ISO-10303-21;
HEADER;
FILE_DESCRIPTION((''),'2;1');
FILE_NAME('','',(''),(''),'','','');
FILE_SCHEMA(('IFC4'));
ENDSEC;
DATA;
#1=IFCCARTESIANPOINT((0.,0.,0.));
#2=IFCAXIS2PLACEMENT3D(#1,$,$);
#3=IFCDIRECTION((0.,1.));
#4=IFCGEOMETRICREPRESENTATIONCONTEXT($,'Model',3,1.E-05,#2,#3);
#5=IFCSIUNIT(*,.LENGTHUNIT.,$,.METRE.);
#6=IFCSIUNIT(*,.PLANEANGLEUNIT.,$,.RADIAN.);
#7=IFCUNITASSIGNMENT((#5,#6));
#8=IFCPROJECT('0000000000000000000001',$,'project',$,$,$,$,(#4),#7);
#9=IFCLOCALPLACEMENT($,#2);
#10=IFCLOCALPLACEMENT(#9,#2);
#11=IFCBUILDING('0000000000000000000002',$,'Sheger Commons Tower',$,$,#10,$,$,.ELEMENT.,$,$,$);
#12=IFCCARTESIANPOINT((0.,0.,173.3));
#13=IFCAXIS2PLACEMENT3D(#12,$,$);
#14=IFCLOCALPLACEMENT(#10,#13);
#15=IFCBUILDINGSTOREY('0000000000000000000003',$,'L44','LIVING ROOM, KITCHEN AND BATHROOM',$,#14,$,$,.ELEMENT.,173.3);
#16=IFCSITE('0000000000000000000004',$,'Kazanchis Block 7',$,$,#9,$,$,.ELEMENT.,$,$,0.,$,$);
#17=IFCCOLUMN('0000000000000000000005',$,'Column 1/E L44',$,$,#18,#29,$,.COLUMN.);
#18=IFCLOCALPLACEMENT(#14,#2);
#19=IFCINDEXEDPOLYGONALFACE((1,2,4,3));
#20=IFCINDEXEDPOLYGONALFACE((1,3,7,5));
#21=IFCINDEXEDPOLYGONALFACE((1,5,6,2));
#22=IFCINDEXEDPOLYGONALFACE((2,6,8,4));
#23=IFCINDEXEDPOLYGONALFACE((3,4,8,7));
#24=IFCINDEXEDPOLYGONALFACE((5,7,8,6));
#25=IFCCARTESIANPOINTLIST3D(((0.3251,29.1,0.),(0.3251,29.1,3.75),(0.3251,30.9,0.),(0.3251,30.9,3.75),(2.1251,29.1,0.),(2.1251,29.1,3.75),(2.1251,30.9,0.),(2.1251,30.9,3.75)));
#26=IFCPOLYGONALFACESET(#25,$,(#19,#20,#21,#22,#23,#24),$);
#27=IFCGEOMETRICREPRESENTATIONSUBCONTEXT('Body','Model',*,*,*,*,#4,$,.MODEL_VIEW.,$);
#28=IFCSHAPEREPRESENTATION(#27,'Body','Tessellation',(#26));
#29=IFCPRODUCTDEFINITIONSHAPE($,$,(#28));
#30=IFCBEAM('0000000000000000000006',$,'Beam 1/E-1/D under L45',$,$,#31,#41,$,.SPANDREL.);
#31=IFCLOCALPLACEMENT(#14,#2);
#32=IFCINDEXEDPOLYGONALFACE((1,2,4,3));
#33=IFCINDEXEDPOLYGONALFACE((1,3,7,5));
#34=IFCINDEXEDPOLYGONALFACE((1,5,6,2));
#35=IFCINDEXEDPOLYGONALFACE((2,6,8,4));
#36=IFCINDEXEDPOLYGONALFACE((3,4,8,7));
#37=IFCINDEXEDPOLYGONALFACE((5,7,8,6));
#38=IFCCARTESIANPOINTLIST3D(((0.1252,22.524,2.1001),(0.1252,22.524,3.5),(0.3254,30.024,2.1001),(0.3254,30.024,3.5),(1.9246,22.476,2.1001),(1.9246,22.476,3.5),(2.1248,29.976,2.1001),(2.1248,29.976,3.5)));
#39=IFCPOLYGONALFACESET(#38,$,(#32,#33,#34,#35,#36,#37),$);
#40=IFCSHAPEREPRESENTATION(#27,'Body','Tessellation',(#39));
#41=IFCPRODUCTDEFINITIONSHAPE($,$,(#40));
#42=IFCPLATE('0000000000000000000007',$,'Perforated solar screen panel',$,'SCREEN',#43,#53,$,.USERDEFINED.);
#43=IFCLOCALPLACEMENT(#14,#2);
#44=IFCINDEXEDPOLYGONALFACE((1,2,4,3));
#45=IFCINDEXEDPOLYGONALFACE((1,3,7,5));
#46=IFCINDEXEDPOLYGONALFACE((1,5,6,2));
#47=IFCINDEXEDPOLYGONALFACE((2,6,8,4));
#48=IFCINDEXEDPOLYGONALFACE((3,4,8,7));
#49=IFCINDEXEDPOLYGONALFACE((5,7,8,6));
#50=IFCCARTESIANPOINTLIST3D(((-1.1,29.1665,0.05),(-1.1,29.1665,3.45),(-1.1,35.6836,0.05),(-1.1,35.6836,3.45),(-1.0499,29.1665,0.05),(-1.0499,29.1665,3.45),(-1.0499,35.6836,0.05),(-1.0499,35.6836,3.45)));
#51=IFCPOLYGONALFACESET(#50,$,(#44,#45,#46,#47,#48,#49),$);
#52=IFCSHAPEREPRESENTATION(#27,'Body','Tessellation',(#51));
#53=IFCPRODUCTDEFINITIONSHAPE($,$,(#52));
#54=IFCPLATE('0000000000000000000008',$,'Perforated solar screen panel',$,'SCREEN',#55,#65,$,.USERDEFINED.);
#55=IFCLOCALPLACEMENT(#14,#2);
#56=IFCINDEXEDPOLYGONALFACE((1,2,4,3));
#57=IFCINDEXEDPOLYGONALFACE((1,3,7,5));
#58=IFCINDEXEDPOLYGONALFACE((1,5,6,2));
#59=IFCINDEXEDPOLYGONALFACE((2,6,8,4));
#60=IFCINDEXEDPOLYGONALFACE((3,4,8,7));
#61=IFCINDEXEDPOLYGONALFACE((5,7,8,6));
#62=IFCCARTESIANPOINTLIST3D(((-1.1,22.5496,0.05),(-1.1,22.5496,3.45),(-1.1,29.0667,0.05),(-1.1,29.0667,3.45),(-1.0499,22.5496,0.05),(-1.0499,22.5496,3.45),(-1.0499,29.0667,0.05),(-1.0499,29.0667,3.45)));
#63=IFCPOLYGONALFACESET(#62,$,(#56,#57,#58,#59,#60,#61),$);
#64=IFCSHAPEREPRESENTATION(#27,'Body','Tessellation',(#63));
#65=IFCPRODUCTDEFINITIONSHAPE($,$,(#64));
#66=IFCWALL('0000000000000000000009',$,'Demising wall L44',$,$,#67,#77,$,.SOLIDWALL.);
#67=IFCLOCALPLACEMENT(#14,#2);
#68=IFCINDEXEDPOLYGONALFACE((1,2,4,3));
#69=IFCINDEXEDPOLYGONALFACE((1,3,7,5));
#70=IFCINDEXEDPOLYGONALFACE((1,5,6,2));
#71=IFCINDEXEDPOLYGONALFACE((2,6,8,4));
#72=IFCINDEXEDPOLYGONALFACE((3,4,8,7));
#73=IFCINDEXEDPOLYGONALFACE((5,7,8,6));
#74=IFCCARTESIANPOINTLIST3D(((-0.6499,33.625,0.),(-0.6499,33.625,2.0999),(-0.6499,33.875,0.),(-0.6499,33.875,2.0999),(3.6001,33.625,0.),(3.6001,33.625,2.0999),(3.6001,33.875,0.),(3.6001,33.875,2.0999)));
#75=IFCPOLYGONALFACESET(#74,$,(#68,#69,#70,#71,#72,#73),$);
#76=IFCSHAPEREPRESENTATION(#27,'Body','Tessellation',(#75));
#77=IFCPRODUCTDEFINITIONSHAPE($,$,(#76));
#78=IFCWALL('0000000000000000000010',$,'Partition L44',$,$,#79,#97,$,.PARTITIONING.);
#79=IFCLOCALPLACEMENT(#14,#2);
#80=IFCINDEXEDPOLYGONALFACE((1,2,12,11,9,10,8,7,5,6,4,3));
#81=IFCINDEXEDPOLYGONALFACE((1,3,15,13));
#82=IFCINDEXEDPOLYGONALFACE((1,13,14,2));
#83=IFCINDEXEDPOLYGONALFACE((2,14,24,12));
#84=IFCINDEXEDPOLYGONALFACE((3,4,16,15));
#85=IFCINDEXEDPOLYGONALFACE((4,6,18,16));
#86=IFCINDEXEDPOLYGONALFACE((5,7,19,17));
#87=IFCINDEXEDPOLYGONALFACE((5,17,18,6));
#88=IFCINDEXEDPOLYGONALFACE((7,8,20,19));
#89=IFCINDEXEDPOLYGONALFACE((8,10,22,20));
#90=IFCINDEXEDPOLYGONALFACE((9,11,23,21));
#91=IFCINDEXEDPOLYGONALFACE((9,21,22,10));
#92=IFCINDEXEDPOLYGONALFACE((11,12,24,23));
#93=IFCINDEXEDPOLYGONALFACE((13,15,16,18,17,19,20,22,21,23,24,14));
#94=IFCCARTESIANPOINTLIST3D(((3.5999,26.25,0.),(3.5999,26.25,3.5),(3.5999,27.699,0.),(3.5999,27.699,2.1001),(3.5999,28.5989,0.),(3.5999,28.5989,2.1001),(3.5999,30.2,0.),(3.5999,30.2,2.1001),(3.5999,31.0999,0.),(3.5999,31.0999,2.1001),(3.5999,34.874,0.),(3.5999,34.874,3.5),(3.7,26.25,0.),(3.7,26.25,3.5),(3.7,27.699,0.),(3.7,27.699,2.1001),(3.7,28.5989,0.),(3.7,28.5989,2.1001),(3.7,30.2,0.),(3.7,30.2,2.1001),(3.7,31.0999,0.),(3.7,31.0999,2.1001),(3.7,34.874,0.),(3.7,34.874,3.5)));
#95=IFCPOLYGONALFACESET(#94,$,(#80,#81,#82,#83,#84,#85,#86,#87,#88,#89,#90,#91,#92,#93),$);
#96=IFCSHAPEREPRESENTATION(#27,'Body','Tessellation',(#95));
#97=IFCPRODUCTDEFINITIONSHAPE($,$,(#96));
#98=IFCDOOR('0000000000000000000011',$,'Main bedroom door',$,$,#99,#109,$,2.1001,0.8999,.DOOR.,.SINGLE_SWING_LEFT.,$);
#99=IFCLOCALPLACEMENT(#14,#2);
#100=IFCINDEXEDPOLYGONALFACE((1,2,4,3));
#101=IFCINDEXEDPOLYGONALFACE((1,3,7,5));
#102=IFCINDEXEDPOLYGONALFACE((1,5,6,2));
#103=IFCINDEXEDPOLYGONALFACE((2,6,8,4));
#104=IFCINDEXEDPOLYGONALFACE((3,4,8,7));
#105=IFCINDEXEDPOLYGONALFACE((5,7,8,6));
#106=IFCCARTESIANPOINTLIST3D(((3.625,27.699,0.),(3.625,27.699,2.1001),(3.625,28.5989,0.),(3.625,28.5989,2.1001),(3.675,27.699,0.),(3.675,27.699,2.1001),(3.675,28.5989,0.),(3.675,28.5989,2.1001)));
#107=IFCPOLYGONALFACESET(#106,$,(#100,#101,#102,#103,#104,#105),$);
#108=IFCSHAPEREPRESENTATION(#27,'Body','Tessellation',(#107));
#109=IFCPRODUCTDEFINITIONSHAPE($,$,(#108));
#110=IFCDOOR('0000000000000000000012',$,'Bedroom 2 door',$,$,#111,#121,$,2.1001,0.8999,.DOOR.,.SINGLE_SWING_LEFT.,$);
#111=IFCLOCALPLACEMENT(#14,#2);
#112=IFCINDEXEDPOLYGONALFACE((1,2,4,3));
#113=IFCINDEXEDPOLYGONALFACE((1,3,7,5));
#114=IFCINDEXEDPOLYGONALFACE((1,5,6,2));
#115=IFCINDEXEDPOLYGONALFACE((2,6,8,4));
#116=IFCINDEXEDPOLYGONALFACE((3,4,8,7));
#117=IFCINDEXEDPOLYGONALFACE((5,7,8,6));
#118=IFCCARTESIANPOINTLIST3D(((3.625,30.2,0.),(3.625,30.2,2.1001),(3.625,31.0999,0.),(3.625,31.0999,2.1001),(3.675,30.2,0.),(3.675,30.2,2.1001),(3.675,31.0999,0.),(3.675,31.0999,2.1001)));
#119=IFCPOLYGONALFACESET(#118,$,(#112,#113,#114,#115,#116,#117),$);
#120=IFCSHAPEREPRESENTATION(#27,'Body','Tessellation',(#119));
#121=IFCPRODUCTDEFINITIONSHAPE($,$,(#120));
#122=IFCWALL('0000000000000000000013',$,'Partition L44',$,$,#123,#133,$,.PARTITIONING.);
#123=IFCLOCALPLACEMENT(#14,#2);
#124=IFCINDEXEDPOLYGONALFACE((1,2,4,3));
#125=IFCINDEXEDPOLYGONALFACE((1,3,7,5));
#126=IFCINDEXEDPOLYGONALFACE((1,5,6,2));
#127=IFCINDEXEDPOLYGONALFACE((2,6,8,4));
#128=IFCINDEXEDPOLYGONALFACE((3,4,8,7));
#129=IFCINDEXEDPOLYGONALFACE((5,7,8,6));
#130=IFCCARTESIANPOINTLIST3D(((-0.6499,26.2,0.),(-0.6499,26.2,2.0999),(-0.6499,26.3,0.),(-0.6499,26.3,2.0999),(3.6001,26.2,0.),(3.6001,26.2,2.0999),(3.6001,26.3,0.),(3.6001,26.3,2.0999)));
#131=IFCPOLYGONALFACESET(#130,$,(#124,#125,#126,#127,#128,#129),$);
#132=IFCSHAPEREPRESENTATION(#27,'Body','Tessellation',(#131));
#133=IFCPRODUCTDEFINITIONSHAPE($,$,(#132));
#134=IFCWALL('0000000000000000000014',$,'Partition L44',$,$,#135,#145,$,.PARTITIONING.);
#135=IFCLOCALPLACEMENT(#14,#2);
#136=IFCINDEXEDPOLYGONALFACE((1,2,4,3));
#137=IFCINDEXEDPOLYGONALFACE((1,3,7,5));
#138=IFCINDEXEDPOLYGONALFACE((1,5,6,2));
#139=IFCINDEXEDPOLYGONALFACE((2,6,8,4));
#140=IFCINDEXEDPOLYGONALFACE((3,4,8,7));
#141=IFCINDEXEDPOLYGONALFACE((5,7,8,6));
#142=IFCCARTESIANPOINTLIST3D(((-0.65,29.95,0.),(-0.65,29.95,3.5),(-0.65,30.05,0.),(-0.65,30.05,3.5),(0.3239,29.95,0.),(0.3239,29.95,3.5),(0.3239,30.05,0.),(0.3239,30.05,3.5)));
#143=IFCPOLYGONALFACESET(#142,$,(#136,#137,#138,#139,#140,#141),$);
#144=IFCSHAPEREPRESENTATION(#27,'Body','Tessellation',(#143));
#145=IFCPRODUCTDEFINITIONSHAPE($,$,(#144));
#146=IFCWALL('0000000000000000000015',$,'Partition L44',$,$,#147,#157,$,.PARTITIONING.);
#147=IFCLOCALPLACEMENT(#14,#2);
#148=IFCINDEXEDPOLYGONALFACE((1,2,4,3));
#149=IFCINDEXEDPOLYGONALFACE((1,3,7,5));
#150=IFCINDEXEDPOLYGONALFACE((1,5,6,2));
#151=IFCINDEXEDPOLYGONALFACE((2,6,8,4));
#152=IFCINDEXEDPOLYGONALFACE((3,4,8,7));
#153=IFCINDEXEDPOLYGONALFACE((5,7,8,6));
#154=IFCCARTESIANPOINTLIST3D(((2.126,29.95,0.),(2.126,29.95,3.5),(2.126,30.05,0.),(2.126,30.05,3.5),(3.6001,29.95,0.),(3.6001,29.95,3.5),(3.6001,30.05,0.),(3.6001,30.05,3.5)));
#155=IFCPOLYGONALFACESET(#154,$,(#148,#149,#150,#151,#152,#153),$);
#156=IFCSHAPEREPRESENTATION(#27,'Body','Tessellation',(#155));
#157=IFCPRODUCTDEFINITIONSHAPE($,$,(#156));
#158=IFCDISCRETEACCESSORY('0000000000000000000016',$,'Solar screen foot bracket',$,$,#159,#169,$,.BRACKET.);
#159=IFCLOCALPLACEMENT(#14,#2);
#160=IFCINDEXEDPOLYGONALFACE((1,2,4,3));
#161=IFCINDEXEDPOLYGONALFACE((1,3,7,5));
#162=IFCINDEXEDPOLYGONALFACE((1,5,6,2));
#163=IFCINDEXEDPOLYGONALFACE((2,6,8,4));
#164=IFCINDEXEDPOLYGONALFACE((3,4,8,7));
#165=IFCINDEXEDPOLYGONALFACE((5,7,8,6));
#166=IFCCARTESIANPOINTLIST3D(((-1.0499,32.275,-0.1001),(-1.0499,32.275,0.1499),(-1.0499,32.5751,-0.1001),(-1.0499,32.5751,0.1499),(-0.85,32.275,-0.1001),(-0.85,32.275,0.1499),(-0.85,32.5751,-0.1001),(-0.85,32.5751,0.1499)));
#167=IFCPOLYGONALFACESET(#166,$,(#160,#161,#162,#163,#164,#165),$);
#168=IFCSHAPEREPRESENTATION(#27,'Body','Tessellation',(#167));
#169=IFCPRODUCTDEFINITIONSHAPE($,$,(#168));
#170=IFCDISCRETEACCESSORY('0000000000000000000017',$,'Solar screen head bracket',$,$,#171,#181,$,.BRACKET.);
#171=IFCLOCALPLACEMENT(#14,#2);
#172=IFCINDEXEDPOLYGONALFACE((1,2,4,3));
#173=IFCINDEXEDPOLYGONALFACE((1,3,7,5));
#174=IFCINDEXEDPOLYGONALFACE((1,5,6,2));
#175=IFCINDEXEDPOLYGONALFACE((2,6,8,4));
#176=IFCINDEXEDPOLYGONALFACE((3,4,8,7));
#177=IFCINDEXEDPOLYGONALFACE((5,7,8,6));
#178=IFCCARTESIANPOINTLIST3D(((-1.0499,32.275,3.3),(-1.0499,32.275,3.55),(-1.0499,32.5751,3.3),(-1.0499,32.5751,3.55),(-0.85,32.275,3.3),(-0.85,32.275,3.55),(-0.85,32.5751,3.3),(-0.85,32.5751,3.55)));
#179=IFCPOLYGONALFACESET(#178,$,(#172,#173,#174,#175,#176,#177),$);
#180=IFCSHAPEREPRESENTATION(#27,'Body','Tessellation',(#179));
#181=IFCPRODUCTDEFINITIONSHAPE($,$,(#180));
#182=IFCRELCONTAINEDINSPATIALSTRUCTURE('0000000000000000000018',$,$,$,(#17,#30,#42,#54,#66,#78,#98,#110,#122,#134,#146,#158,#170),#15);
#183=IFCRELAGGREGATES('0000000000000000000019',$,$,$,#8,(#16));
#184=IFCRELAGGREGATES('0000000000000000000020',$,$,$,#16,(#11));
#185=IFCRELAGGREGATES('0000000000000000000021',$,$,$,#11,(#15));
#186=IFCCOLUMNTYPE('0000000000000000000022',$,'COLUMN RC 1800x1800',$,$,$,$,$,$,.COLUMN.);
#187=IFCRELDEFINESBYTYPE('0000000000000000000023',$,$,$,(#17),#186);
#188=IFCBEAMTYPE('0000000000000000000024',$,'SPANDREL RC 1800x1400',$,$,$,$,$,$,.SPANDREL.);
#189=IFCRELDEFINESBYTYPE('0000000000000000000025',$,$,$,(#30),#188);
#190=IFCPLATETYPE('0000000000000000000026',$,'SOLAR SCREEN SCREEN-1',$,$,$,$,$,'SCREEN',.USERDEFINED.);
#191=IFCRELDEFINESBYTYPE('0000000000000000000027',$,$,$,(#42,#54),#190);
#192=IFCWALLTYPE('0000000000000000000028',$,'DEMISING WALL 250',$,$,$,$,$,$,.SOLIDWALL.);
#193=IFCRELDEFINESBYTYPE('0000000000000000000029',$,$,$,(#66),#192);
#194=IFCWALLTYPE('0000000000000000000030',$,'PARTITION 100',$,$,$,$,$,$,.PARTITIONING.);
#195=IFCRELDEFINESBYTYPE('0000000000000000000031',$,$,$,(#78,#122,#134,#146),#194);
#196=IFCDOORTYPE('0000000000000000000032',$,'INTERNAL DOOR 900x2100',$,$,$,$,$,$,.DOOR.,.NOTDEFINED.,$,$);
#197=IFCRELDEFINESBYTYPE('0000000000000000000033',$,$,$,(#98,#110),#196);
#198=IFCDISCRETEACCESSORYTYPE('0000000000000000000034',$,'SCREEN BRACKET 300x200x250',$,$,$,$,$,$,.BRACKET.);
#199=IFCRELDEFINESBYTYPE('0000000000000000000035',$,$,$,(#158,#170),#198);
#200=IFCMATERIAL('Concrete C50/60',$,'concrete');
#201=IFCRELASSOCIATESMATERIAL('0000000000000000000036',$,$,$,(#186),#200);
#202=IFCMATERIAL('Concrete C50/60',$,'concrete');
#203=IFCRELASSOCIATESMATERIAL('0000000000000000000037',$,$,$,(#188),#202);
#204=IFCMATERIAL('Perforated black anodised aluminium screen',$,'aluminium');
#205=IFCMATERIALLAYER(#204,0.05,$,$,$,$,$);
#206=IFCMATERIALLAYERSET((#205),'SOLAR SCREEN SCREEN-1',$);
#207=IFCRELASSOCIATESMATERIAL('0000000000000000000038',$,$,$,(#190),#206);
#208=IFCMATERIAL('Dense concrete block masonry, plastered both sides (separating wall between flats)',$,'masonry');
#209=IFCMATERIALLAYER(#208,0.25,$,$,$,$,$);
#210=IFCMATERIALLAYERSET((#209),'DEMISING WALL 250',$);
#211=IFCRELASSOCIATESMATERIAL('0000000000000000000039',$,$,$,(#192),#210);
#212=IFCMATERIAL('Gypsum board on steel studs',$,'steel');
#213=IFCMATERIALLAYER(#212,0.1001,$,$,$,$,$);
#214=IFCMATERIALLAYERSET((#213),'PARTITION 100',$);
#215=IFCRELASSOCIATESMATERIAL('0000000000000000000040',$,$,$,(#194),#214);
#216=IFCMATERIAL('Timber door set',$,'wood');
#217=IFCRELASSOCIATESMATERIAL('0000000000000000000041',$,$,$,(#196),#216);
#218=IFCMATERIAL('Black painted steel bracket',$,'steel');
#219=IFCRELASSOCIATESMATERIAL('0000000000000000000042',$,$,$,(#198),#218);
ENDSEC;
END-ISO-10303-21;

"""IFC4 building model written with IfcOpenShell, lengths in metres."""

from ifc_helpers import new_model, si_unit, direction, frame, frame_2d, origin, origin_2d, place, context, subcontext, project, spatial, rectangle, extrude, material, layer, layer_set, material_profile, profile_set, type_object, element, fill, save


model = new_model("IFC4")

# Units and contexts
model_context = context("Model", 3, precision=1e-05, world=origin(), true_north=direction((0.0, 1.0)))
body_context = subcontext(model_context, "Body", "Model", "MODEL_VIEW")
ifc_project = project(units=[si_unit("LENGTHUNIT", "METRE"), si_unit("PLANEANGLEUNIT", "RADIAN")], contexts=[model_context])

# Site, building, storey
site_placement = place(None, origin())
site = spatial("IfcSite", under=ifc_project, at=site_placement, Name="Kazanchis Block 7", CompositionType="ELEMENT", RefElevation=0.0)
building_placement = place(site_placement, origin())
building = spatial("IfcBuilding", under=site, at=building_placement, Name="Sheger Commons Tower", CompositionType="ELEMENT")
storey_placement = place(building_placement, frame((0.0, 0.0, 173.3)))
storey = spatial("IfcBuildingStorey", under=building, at=storey_placement, Name="L44", Description="LIVING ROOM, KITCHEN AND BATHROOM", CompositionType="ELEMENT", Elevation=173.3)

# Column
ifc_material_1 = material(Name="Concrete C50/60", Category="concrete")
ifc_material_profile_1 = material_profile(ifc_material_1, rectangle(XDim=1.8, YDim=1.8, at=origin_2d()), Name="RC 1800x1800")
ifc_profile_set_1 = profile_set([ifc_material_profile_1], Name="Concrete C50/60")
column_type = type_object("IfcColumnType", Name="COLUMN RC 1800x1800", PredefinedType="COLUMN", material=ifc_profile_set_1)
column_placement = place(storey_placement, frame((1.2251, 30.0, 0.0), z_axis=(0.0, 0.0, 1.0), x_axis=(1.0, 0.0, 0.0)))
element("IfcColumn", 1, at=column_placement, inside=storey, type_object=column_type, Name="Column 1/E L44", PredefinedType="COLUMN", context=body_context, shape_type="SweptSolid", body=[
    extrude(rectangle(XDim=1.8, YDim=1.8, at=origin_2d()), origin(), (0.0, 0.0, 1.0), 3.75),
])

# Beam
ifc_material_2 = material(Name="Concrete C50/60", Category="concrete")
ifc_material_profile_2 = material_profile(ifc_material_2, rectangle(XDim=1.8, YDim=1.3999, at=origin_2d()), Name="RC 1800x1400")
ifc_profile_set_2 = profile_set([ifc_material_profile_2], Name="Concrete C50/60")
beam_type = type_object("IfcBeamType", Name="SPANDREL RC 1800x1400", PredefinedType="SPANDREL", material=ifc_profile_set_2)
beam_placement = place(storey_placement, frame((1.2251, 30.0, 2.8), z_axis=(-0.026683, -0.999644, 0.0), x_axis=(0.999644, -0.026683, 0.0)))
element("IfcBeam", 2, at=beam_placement, inside=storey, type_object=beam_type, Name="Beam 1/E-1/D under L45", PredefinedType="SPANDREL", context=body_context, shape_type="SweptSolid", body=[
    extrude(rectangle(XDim=1.8, YDim=1.3999, at=origin_2d()), origin(), (0.0, 0.0, 1.0), 7.5027),
])

# Plates
ifc_material_3 = material(Name="Perforated black anodised aluminium screen", Category="aluminium")
ifc_layer_1 = layer(ifc_material_3, 0.05)
ifc_layer_set_1 = layer_set([ifc_layer_1], Name="SOLAR SCREEN SCREEN-1")
plate_type = type_object("IfcPlateType", Name="SOLAR SCREEN SCREEN-1", ElementType="SCREEN", PredefinedType="USERDEFINED", material=ifc_layer_set_1)
for number, where, z_axis, x_axis, name in (
    (3, (-1.075, 32.425, 0.05), (0.0, 0.0, 1.0), (0.0, -1.0, 0.0), "Perforated solar screen panel"),
    (4, (-1.075, 25.8081, 0.05), (0.0, 0.0, 1.0), (0.0, -1.0, 0.0), "Perforated solar screen panel"),
):
    element("IfcPlate", number, at=place(storey_placement, frame(where, z_axis=z_axis, x_axis=x_axis)), inside=storey, type_object=plate_type, Name=name, ObjectType="SCREEN", PredefinedType="USERDEFINED", context=body_context, shape_type="SweptSolid", body=[
        extrude(rectangle(XDim=6.5171, YDim=0.05, at=origin_2d()), origin(), (0.0, 0.0, 1.0), 3.3999),
    ])

# Wall
ifc_material_4 = material(Name="Dense concrete block masonry, plastered both sides (separating wall between flats)", Category="masonry")
ifc_layer_2 = layer(ifc_material_4, 0.25)
ifc_layer_set_2 = layer_set([ifc_layer_2], Name="DEMISING WALL 250")
wall_type_1 = type_object("IfcWallType", Name="DEMISING WALL 250", PredefinedType="SOLIDWALL", material=ifc_layer_set_2)
wall_1_placement = place(storey_placement, frame((-0.6499, 33.75, 0.0), z_axis=(0.0, 0.0, 1.0), x_axis=(1.0, 0.0, 0.0)))
element("IfcWall", 5, at=wall_1_placement, inside=storey, type_object=wall_type_1, Name="Demising wall L44", PredefinedType="SOLIDWALL", context=body_context, shape_type="SweptSolid", body=[
    extrude(rectangle(XDim=4.25, YDim=0.25, at=frame_2d((2.125, 0.0))), origin(), (0.0, 0.0, 1.0), 2.0999),
])

# Wall, openings, doors
ifc_material_5 = material(Name="Gypsum board on steel studs", Category="steel")
ifc_layer_3 = layer(ifc_material_5, 0.1001)
ifc_layer_set_3 = layer_set([ifc_layer_3], Name="PARTITION 100")
wall_type_2 = type_object("IfcWallType", Name="PARTITION 100", PredefinedType="PARTITIONING", material=ifc_layer_set_3)
wall_2_placement = place(storey_placement, frame((3.6499, 26.25, 0.0), z_axis=(0.0, 0.0, 1.0), x_axis=(0.0, 1.0, 0.0)))
wall_2 = element("IfcWall", 6, at=wall_2_placement, inside=storey, type_object=wall_type_2, Name="Partition L44", PredefinedType="PARTITIONING", context=body_context, shape_type="SweptSolid", body=[
    extrude(rectangle(XDim=8.624, YDim=0.1001, at=frame_2d((4.312, 0.0))), origin(), (0.0, 0.0, 1.0), 3.5),
])
opening_1_placement = place(wall_2_placement, frame((1.449, 0.0, 0.0)))
opening_1 = element("IfcOpeningElement", 7, at=opening_1_placement, cuts=wall_2, PredefinedType="OPENING", context=body_context, shape_type="SweptSolid", body=[
    extrude(rectangle(XDim=0.8999, YDim=2.1001, at=frame_2d((0.45, 1.05))), frame((0.0, 0.0601, 0.0), z_axis=(0.0, -1.0, 0.0), x_axis=(1.0, 0.0, 0.0)), (0.0, 0.0, 1.0), 0.1201),
])
opening_2_placement = place(wall_2_placement, frame((3.95, 0.0, 0.0)))
opening_2 = element("IfcOpeningElement", 8, at=opening_2_placement, cuts=wall_2, PredefinedType="OPENING", context=body_context, shape_type="SweptSolid", body=[
    extrude(rectangle(XDim=0.8999, YDim=2.1001, at=frame_2d((0.45, 1.05))), frame((0.0, 0.0601, 0.0), z_axis=(0.0, -1.0, 0.0), x_axis=(1.0, 0.0, 0.0)), (0.0, 0.0, 1.0), 0.1201),
])
ifc_material_6 = material(Name="Timber door set", Category="wood")
door_type = type_object("IfcDoorType", Name="INTERNAL DOOR 900x2100", OperationType="NOTDEFINED", PredefinedType="DOOR", material=ifc_material_6)
door_1_placement = place(opening_1_placement, origin())
door_1 = element("IfcDoor", 9, at=door_1_placement, inside=storey, type_object=door_type, Name="Main bedroom door", OperationType="SINGLE_SWING_LEFT", OverallHeight=2.1001, OverallWidth=0.8999, PredefinedType="DOOR", context=body_context, shape_type="SweptSolid", body=[
    extrude(rectangle(XDim=0.8999, YDim=2.1001, at=frame_2d((0.45, 1.05))), frame((0.0, 0.0249, 0.0), z_axis=(0.0, -1.0, 0.0), x_axis=(1.0, 0.0, 0.0)), (0.0, 0.0, 1.0), 0.05),
])
fill(opening_1, door_1)
door_2_placement = place(opening_2_placement, origin())
door_2 = element("IfcDoor", 10, at=door_2_placement, inside=storey, type_object=door_type, Name="Bedroom 2 door", OperationType="SINGLE_SWING_LEFT", OverallHeight=2.1001, OverallWidth=0.8999, PredefinedType="DOOR", context=body_context, shape_type="SweptSolid", body=[
    extrude(rectangle(XDim=0.8999, YDim=2.1001, at=frame_2d((0.45, 1.05))), frame((0.0, 0.0249, 0.0), z_axis=(0.0, -1.0, 0.0), x_axis=(1.0, 0.0, 0.0)), (0.0, 0.0, 1.0), 0.05),
])
fill(opening_2, door_2)

# Walls
wall_3_placement = place(storey_placement, frame((-0.6499, 26.25, 0.0), z_axis=(0.0, 0.0, 1.0), x_axis=(1.0, 0.0, 0.0)))
element("IfcWall", 11, at=wall_3_placement, inside=storey, type_object=wall_type_2, Name="Partition L44", PredefinedType="PARTITIONING", context=body_context, shape_type="SweptSolid", body=[
    extrude(rectangle(XDim=4.25, YDim=0.1001, at=frame_2d((2.125, 0.0))), origin(), (0.0, 0.0, 1.0), 2.0999),
])
wall_4_placement = place(storey_placement, frame((-0.6499, 30.0, 0.0), z_axis=(0.0, 0.0, 1.0), x_axis=(1.0, 0.0, 0.0)))
element("IfcWall", 12, at=wall_4_placement, inside=storey, type_object=wall_type_2, Name="Partition L44", PredefinedType="PARTITIONING", context=body_context, shape_type="SweptSolid", body=[
    extrude(rectangle(XDim=0.9739, YDim=0.1001, at=frame_2d((0.4868, 0.0))), origin(), (0.0, 0.0, 1.0), 3.5),
])
wall_5_placement = place(storey_placement, frame((2.126, 30.0, 0.0), z_axis=(0.0, 0.0, 1.0), x_axis=(1.0, 0.0, 0.0)))
element("IfcWall", 13, at=wall_5_placement, inside=storey, type_object=wall_type_2, Name="Partition L44", PredefinedType="PARTITIONING", context=body_context, shape_type="SweptSolid", body=[
    extrude(rectangle(XDim=1.4741, YDim=0.1001, at=frame_2d((0.7371, 0.0))), origin(), (0.0, 0.0, 1.0), 3.5),
])

# Discrete accessories
ifc_material_7 = material(Name="Black painted steel bracket", Category="steel")
discrete_accessory_type = type_object("IfcDiscreteAccessoryType", Name="SCREEN BRACKET 300x200x250", PredefinedType="BRACKET", material=ifc_material_7)
for number, where, z_axis, x_axis, name in (
    (14, (-0.95, 32.425, -0.1001), (0.0, 0.0, 1.0), (0.0, -1.0, 0.0), "Solar screen foot bracket"),
    (15, (-0.95, 32.425, 3.3), (0.0, 0.0, 1.0), (0.0, -1.0, 0.0), "Solar screen head bracket"),
):
    element("IfcDiscreteAccessory", number, at=place(storey_placement, frame(where, z_axis=z_axis, x_axis=x_axis)), inside=storey, type_object=discrete_accessory_type, Name=name, PredefinedType="BRACKET", context=body_context, shape_type="SweptSolid", body=[
        extrude(rectangle(XDim=0.3, YDim=0.2, at=origin_2d()), origin(), (0.0, 0.0, 1.0), 0.25),
    ])

save(model, "model.ifc")
